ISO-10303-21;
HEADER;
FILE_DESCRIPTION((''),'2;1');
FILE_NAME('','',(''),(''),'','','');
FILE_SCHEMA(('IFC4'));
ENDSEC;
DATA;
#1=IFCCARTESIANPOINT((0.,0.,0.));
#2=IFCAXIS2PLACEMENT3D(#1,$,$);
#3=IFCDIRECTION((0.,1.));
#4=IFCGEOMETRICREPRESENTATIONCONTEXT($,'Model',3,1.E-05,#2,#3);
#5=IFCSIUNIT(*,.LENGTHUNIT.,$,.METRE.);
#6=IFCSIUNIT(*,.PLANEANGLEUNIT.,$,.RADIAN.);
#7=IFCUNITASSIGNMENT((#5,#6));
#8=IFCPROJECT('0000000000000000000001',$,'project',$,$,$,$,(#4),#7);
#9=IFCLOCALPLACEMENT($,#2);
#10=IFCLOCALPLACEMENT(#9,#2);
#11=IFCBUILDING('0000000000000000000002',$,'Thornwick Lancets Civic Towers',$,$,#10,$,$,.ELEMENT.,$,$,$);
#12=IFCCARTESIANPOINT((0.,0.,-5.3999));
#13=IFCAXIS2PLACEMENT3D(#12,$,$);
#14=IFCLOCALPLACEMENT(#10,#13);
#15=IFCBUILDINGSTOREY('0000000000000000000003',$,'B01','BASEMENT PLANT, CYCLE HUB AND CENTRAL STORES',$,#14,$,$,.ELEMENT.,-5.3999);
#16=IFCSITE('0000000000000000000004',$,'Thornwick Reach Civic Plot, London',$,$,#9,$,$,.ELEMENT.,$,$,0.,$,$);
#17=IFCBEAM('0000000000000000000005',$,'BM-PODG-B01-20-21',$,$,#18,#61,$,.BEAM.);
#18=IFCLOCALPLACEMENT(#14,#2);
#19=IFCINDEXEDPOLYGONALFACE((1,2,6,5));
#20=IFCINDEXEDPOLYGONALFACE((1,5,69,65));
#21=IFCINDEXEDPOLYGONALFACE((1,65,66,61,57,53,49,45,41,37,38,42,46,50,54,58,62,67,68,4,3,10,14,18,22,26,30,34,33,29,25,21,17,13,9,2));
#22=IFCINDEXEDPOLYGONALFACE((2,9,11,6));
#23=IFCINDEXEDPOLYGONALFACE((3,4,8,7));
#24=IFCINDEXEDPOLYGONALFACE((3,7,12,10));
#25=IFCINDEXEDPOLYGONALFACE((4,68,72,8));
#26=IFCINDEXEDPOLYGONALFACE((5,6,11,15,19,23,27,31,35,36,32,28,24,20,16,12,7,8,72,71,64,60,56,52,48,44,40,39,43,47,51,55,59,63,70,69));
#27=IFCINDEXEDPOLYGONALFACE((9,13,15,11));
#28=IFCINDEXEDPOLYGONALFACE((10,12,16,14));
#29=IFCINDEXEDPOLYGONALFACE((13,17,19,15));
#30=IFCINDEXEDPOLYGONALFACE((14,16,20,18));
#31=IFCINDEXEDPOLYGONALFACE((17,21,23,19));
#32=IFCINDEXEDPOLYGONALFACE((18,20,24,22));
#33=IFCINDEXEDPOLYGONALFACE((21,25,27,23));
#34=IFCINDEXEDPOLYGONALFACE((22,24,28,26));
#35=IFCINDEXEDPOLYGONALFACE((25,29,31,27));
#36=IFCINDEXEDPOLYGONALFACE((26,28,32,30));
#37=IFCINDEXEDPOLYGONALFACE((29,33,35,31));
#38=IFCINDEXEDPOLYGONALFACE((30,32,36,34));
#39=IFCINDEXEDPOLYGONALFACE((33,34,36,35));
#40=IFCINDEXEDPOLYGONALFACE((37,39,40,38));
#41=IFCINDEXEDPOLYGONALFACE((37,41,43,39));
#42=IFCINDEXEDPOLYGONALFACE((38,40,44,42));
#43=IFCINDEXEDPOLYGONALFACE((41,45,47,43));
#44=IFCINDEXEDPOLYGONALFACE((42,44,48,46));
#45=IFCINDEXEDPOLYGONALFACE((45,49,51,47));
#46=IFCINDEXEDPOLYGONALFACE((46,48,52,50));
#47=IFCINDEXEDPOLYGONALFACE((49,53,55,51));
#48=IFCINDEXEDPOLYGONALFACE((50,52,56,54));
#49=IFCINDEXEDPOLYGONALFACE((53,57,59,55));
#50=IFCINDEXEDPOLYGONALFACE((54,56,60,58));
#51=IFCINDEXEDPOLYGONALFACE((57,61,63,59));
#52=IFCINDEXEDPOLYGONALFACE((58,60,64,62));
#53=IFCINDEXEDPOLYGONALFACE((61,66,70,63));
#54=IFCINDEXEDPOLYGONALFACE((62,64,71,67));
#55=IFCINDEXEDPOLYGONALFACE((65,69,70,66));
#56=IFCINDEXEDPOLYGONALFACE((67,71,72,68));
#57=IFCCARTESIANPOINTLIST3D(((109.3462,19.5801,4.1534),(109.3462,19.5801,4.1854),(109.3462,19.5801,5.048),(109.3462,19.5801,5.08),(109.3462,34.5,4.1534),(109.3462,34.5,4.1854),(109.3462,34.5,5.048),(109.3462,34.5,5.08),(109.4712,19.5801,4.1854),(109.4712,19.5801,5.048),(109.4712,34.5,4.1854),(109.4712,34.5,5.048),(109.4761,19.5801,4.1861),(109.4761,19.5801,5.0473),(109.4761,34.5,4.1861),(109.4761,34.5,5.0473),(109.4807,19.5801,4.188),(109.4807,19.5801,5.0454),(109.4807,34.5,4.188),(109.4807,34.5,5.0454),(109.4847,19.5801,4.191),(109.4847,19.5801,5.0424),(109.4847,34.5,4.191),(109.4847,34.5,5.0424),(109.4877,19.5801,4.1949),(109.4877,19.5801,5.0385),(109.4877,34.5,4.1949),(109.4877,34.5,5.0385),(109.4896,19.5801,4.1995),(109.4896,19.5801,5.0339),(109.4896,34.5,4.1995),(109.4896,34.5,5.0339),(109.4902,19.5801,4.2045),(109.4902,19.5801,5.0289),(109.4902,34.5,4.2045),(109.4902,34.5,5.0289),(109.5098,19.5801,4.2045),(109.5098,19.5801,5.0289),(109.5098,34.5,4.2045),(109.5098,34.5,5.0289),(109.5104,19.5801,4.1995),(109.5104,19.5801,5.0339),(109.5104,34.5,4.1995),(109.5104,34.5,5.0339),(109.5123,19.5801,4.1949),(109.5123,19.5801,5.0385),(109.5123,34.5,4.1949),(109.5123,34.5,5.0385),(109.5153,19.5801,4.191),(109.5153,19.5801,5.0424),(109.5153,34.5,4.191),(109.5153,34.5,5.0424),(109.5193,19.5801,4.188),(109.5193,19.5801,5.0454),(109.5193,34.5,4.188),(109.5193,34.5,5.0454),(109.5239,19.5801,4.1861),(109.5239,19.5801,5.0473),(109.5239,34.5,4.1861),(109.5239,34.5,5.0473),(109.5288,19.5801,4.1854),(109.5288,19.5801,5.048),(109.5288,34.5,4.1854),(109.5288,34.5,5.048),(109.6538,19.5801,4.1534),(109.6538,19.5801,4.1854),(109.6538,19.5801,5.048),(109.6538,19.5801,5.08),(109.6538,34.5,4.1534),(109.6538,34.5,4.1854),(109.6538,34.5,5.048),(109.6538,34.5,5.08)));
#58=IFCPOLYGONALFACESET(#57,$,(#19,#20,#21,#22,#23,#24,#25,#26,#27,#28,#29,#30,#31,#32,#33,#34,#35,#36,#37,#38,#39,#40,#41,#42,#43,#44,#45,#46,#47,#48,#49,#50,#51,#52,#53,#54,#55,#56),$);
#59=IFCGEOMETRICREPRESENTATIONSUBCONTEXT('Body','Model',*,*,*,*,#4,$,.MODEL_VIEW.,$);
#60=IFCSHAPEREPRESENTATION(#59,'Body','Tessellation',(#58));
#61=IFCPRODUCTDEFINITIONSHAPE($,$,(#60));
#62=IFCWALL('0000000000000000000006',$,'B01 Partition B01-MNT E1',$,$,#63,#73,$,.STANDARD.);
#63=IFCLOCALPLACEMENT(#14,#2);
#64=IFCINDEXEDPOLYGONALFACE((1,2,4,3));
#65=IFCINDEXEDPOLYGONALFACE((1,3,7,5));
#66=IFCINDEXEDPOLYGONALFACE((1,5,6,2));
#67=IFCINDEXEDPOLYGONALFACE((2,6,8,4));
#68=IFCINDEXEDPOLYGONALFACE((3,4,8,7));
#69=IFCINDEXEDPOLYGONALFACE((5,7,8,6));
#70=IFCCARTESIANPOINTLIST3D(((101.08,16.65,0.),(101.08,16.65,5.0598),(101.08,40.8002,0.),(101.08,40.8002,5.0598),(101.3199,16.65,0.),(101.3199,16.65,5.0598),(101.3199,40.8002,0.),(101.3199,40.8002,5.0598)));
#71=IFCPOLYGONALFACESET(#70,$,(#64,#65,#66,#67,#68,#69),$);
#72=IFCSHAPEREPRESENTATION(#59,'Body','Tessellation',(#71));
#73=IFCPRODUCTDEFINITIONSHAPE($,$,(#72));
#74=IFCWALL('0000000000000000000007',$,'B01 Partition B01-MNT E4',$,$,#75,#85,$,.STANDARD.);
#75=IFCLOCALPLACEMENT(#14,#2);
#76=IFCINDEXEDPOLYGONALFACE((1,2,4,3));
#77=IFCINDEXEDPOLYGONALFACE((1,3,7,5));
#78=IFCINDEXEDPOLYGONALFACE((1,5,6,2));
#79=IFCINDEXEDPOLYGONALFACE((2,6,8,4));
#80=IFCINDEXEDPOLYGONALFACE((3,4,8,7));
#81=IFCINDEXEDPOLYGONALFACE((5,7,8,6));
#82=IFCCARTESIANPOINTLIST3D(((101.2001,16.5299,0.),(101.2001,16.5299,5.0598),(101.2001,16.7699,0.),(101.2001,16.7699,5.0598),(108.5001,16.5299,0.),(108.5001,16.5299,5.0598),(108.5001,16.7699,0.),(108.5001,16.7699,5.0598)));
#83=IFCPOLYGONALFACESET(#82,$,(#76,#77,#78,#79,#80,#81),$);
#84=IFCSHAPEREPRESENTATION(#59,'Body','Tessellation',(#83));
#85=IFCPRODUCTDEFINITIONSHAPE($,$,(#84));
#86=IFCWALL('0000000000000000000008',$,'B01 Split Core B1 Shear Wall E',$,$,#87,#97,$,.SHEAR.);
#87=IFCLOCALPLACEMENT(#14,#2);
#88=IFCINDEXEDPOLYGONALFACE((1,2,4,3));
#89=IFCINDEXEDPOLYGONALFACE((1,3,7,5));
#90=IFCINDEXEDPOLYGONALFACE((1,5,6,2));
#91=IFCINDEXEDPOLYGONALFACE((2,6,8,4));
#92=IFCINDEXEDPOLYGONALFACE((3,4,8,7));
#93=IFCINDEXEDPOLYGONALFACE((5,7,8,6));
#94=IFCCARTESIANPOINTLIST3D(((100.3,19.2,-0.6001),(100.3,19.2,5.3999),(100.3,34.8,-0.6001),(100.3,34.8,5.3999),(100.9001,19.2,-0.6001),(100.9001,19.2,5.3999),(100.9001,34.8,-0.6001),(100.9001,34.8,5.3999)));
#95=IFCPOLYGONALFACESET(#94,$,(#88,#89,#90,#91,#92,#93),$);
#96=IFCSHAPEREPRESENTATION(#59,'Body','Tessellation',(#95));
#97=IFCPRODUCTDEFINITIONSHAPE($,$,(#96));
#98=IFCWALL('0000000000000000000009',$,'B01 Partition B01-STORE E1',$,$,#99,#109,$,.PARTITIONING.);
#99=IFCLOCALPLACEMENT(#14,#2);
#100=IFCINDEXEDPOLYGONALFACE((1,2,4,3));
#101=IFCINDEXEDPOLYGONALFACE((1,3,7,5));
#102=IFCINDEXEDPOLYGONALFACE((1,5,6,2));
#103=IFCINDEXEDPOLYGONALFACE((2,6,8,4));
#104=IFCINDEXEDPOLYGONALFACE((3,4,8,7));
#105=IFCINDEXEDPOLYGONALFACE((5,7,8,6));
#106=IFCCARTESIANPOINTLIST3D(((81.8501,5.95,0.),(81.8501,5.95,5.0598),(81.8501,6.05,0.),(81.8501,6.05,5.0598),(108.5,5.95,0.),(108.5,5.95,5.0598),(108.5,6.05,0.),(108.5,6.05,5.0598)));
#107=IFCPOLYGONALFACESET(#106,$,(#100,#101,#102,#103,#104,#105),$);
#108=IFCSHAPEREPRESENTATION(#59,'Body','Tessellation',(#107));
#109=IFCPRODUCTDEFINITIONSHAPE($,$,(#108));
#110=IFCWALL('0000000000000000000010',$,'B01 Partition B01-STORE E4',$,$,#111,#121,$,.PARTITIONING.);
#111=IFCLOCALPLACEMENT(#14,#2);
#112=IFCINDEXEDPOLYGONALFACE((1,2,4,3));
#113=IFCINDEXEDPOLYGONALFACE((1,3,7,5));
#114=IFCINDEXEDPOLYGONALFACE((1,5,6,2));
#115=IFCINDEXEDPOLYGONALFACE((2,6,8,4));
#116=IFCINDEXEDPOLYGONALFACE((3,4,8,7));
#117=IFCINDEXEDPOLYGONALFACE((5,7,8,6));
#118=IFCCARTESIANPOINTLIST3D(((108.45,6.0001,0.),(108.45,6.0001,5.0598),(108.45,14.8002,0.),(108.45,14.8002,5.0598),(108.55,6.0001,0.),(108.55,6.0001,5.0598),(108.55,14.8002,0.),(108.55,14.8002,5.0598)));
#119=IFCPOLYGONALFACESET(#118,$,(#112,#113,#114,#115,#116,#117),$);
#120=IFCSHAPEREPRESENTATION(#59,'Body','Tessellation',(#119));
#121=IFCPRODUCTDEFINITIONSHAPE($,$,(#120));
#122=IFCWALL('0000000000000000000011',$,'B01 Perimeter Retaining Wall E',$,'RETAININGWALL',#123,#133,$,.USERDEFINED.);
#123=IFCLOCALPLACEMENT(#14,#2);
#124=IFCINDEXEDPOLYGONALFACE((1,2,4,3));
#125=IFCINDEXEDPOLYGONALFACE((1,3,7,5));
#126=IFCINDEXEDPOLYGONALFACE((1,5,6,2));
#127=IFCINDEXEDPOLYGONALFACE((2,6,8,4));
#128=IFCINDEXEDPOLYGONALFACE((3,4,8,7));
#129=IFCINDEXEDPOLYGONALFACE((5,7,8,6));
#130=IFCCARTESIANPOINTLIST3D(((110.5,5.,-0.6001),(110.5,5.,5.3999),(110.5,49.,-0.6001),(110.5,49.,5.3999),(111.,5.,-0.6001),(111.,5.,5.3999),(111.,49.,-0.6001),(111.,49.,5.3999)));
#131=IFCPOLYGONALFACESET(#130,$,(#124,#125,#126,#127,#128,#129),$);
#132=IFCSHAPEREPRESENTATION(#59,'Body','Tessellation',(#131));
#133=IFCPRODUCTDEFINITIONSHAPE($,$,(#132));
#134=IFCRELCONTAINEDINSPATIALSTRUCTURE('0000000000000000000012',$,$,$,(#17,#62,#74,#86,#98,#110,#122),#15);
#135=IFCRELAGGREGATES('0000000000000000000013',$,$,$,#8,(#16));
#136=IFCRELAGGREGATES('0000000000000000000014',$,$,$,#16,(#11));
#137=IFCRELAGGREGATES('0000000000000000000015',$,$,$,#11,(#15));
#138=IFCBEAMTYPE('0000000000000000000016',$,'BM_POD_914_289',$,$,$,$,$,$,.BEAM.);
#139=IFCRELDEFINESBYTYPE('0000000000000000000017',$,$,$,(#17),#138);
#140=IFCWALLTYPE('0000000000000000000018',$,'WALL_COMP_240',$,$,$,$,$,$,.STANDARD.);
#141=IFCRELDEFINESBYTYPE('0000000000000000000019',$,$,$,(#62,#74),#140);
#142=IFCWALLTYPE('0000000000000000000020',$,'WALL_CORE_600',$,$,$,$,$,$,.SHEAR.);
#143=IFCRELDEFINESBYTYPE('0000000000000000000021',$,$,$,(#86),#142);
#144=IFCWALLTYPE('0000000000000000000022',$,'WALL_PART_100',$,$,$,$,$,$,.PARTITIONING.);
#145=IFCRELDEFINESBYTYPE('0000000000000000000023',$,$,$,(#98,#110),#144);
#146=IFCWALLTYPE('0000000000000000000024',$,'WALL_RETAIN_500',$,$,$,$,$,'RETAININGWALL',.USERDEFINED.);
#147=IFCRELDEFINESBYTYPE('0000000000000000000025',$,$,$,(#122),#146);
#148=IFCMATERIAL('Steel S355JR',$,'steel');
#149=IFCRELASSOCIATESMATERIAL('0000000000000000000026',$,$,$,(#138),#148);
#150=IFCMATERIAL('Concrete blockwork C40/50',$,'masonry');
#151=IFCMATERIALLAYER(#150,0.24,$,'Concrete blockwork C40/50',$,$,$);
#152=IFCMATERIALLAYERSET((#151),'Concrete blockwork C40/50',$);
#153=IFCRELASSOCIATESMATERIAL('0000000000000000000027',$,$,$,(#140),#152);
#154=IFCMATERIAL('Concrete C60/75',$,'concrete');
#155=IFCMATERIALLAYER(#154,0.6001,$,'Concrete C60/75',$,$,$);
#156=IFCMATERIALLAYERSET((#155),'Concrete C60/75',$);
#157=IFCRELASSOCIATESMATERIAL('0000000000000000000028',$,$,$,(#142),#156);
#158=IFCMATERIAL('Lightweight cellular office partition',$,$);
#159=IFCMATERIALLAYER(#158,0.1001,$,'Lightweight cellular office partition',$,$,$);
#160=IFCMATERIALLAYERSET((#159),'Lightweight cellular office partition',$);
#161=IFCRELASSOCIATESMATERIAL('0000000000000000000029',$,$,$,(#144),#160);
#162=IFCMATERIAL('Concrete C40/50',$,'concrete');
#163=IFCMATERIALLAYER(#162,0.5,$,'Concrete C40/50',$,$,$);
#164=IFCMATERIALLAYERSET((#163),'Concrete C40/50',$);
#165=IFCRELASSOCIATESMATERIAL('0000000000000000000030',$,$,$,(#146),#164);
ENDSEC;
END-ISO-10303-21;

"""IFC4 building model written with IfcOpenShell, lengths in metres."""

from ifc_helpers import new_model, si_unit, direction, frame, frame_2d, origin, origin_2d, place, context, subcontext, project, spatial, rectangle, i_section, extrude, material, layer, layer_set, material_profile, profile_set, type_object, element, save


model = new_model("IFC4")

# Units and contexts
model_context = context("Model", 3, precision=1e-05, world=origin(), true_north=direction((0.0, 1.0)))
body_context = subcontext(model_context, "Body", "Model", "MODEL_VIEW")
ifc_project = project(units=[si_unit("LENGTHUNIT", "METRE"), si_unit("PLANEANGLEUNIT", "RADIAN")], contexts=[model_context])

# Site, building, storey
site_placement = place(None, origin())
site = spatial("IfcSite", under=ifc_project, at=site_placement, Name="Thornwick Reach Civic Plot, London", CompositionType="ELEMENT", RefElevation=0.0)
building_placement = place(site_placement, origin())
building = spatial("IfcBuilding", under=site, at=building_placement, Name="Thornwick Lancets Civic Towers", CompositionType="ELEMENT")
storey_placement = place(building_placement, frame((0.0, 0.0, -5.3999)))
storey = spatial("IfcBuildingStorey", under=building, at=storey_placement, Name="B01", Description="BASEMENT PLANT, CYCLE HUB AND CENTRAL STORES", CompositionType="ELEMENT", Elevation=-5.3999)

# Shared definitions
ifc_material_1 = material(Name="Concrete C40/50", Category="concrete")

# Shared definitions
ifc_material_2 = material(Name="Concrete C60/75", Category="concrete")

# Beam
ifc_material_3 = material(Name="Steel S355JR", Category="steel")
ifc_material_profile_1 = material_profile(ifc_material_3, i_section(OverallWidth=0.3076, OverallDepth=0.9265, WebThickness=0.0195, FlangeThickness=0.032, FilletRadius=0.019, at=origin_2d()), Name="UKB 914x305x289")
ifc_profile_set_1 = profile_set([ifc_material_profile_1], Name="Steel S355JR")
beam_type = type_object("IfcBeamType", Name="BM_POD_914_289", PredefinedType="BEAM", material=ifc_profile_set_1)
beam_1_placement = place(storey_placement, frame((109.5, 19.5801, 4.6167), z_axis=(0.0, 1.0, 0.0), x_axis=(-1.0, 0.0, 0.0)))
element("IfcBeam", 1, at=beam_1_placement, inside=storey, type_object=beam_type, Name="BM-PODG-B01-20-21", PredefinedType="BEAM", context=body_context, shape_type="SweptSolid", body=[
    extrude(i_section(OverallWidth=0.3076, OverallDepth=0.9265, WebThickness=0.0195, FlangeThickness=0.032, FilletRadius=0.019, at=origin_2d()), origin(), (0.0, 0.0, 1.0), 14.9199),
])

# Walls
ifc_material_4 = material(Name="Concrete blockwork C40/50", Category="masonry")
ifc_layer_1 = layer(ifc_material_4, 0.24, Name="Concrete blockwork C40/50")
ifc_layer_set_1 = layer_set([ifc_layer_1], Name="Concrete blockwork C40/50")
wall_type_1 = type_object("IfcWallType", Name="WALL_COMP_240", PredefinedType="STANDARD", material=ifc_layer_set_1)
wall_1_placement = place(storey_placement, frame((101.2, 16.6499, 0.0), z_axis=(0.0, 0.0, 1.0), x_axis=(0.0, 1.0, 0.0)))
element("IfcWall", 2, at=wall_1_placement, inside=storey, type_object=wall_type_1, Name="B01 Partition B01-MNT E1", PredefinedType="STANDARD", context=body_context, shape_type="SweptSolid", body=[
    extrude(rectangle(XDim=24.1501, YDim=0.24, at=frame_2d((12.0752, 0.0))), origin(), (0.0, 0.0, 1.0), 5.0598),
])
wall_2_placement = place(storey_placement, frame((108.5, 16.6499, 0.0), z_axis=(0.0, 0.0, 1.0), x_axis=(-1.0, 0.0, 0.0)))
element("IfcWall", 3, at=wall_2_placement, inside=storey, type_object=wall_type_1, Name="B01 Partition B01-MNT E4", PredefinedType="STANDARD", context=body_context, shape_type="SweptSolid", body=[
    extrude(rectangle(XDim=7.3, YDim=0.24, at=frame_2d((3.6499, 0.0))), origin(), (0.0, 0.0, 1.0), 5.0598),
])
ifc_layer_2 = layer(ifc_material_2, 0.6001, Name="Concrete C60/75")
ifc_layer_set_2 = layer_set([ifc_layer_2], Name="Concrete C60/75")
wall_type_2 = type_object("IfcWallType", Name="WALL_CORE_600", PredefinedType="SHEAR", material=ifc_layer_set_2)
wall_3_placement = place(storey_placement, frame((100.6001, 19.2, -0.6001), z_axis=(0.0, 0.0, 1.0), x_axis=(0.0, 1.0, 0.0)))
element("IfcWall", 4, at=wall_3_placement, inside=storey, type_object=wall_type_2, Name="B01 Split Core B1 Shear Wall E", PredefinedType="SHEAR", context=body_context, shape_type="SweptSolid", body=[
    extrude(rectangle(XDim=15.6001, YDim=0.6001, at=frame_2d((7.8, 0.0))), origin(), (0.0, 0.0, 1.0), 6.0),
])
ifc_material_5 = material(Name="Lightweight cellular office partition")
ifc_layer_3 = layer(ifc_material_5, 0.1001, Name="Lightweight cellular office partition")
ifc_layer_set_3 = layer_set([ifc_layer_3], Name="Lightweight cellular office partition")
wall_type_3 = type_object("IfcWallType", Name="WALL_PART_100", PredefinedType="PARTITIONING", material=ifc_layer_set_3)
wall_4_placement = place(storey_placement, frame((108.5, 6.0, 0.0), z_axis=(0.0, 0.0, 1.0), x_axis=(-1.0, 0.0, 0.0)))
element("IfcWall", 5, at=wall_4_placement, inside=storey, type_object=wall_type_3, Name="B01 Partition B01-STORE E1", PredefinedType="PARTITIONING", context=body_context, shape_type="SweptSolid", body=[
    extrude(rectangle(XDim=26.6499, YDim=0.1001, at=frame_2d((13.325, 0.0))), origin(), (0.0, 0.0, 1.0), 5.0598),
])
wall_5_placement = place(storey_placement, frame((108.5, 14.8, 0.0), z_axis=(0.0, 0.0, 1.0), x_axis=(0.0, -1.0, 0.0)))
element("IfcWall", 6, at=wall_5_placement, inside=storey, type_object=wall_type_3, Name="B01 Partition B01-STORE E4", PredefinedType="PARTITIONING", context=body_context, shape_type="SweptSolid", body=[
    extrude(rectangle(XDim=8.8, YDim=0.1001, at=frame_2d((4.3999, 0.0))), origin(), (0.0, 0.0, 1.0), 5.0598),
])
ifc_layer_4 = layer(ifc_material_1, 0.5, Name="Concrete C40/50")
ifc_layer_set_4 = layer_set([ifc_layer_4], Name="Concrete C40/50")
wall_type_4 = type_object("IfcWallType", Name="WALL_RETAIN_500", ElementType="RETAININGWALL", PredefinedType="USERDEFINED", material=ifc_layer_set_4)
wall_6_placement = place(storey_placement, frame((110.75, 5.0, -0.6001), z_axis=(0.0, 0.0, 1.0), x_axis=(0.0, 1.0, 0.0)))
element("IfcWall", 7, at=wall_6_placement, inside=storey, type_object=wall_type_4, Name="B01 Perimeter Retaining Wall E", ObjectType="RETAININGWALL", PredefinedType="USERDEFINED", context=body_context, shape_type="SweptSolid", body=[
    extrude(rectangle(XDim=44.0, YDim=0.5, at=frame_2d((22.0, 0.0))), origin(), (0.0, 0.0, 1.0), 6.0),
])

save(model, "model.ifc")
